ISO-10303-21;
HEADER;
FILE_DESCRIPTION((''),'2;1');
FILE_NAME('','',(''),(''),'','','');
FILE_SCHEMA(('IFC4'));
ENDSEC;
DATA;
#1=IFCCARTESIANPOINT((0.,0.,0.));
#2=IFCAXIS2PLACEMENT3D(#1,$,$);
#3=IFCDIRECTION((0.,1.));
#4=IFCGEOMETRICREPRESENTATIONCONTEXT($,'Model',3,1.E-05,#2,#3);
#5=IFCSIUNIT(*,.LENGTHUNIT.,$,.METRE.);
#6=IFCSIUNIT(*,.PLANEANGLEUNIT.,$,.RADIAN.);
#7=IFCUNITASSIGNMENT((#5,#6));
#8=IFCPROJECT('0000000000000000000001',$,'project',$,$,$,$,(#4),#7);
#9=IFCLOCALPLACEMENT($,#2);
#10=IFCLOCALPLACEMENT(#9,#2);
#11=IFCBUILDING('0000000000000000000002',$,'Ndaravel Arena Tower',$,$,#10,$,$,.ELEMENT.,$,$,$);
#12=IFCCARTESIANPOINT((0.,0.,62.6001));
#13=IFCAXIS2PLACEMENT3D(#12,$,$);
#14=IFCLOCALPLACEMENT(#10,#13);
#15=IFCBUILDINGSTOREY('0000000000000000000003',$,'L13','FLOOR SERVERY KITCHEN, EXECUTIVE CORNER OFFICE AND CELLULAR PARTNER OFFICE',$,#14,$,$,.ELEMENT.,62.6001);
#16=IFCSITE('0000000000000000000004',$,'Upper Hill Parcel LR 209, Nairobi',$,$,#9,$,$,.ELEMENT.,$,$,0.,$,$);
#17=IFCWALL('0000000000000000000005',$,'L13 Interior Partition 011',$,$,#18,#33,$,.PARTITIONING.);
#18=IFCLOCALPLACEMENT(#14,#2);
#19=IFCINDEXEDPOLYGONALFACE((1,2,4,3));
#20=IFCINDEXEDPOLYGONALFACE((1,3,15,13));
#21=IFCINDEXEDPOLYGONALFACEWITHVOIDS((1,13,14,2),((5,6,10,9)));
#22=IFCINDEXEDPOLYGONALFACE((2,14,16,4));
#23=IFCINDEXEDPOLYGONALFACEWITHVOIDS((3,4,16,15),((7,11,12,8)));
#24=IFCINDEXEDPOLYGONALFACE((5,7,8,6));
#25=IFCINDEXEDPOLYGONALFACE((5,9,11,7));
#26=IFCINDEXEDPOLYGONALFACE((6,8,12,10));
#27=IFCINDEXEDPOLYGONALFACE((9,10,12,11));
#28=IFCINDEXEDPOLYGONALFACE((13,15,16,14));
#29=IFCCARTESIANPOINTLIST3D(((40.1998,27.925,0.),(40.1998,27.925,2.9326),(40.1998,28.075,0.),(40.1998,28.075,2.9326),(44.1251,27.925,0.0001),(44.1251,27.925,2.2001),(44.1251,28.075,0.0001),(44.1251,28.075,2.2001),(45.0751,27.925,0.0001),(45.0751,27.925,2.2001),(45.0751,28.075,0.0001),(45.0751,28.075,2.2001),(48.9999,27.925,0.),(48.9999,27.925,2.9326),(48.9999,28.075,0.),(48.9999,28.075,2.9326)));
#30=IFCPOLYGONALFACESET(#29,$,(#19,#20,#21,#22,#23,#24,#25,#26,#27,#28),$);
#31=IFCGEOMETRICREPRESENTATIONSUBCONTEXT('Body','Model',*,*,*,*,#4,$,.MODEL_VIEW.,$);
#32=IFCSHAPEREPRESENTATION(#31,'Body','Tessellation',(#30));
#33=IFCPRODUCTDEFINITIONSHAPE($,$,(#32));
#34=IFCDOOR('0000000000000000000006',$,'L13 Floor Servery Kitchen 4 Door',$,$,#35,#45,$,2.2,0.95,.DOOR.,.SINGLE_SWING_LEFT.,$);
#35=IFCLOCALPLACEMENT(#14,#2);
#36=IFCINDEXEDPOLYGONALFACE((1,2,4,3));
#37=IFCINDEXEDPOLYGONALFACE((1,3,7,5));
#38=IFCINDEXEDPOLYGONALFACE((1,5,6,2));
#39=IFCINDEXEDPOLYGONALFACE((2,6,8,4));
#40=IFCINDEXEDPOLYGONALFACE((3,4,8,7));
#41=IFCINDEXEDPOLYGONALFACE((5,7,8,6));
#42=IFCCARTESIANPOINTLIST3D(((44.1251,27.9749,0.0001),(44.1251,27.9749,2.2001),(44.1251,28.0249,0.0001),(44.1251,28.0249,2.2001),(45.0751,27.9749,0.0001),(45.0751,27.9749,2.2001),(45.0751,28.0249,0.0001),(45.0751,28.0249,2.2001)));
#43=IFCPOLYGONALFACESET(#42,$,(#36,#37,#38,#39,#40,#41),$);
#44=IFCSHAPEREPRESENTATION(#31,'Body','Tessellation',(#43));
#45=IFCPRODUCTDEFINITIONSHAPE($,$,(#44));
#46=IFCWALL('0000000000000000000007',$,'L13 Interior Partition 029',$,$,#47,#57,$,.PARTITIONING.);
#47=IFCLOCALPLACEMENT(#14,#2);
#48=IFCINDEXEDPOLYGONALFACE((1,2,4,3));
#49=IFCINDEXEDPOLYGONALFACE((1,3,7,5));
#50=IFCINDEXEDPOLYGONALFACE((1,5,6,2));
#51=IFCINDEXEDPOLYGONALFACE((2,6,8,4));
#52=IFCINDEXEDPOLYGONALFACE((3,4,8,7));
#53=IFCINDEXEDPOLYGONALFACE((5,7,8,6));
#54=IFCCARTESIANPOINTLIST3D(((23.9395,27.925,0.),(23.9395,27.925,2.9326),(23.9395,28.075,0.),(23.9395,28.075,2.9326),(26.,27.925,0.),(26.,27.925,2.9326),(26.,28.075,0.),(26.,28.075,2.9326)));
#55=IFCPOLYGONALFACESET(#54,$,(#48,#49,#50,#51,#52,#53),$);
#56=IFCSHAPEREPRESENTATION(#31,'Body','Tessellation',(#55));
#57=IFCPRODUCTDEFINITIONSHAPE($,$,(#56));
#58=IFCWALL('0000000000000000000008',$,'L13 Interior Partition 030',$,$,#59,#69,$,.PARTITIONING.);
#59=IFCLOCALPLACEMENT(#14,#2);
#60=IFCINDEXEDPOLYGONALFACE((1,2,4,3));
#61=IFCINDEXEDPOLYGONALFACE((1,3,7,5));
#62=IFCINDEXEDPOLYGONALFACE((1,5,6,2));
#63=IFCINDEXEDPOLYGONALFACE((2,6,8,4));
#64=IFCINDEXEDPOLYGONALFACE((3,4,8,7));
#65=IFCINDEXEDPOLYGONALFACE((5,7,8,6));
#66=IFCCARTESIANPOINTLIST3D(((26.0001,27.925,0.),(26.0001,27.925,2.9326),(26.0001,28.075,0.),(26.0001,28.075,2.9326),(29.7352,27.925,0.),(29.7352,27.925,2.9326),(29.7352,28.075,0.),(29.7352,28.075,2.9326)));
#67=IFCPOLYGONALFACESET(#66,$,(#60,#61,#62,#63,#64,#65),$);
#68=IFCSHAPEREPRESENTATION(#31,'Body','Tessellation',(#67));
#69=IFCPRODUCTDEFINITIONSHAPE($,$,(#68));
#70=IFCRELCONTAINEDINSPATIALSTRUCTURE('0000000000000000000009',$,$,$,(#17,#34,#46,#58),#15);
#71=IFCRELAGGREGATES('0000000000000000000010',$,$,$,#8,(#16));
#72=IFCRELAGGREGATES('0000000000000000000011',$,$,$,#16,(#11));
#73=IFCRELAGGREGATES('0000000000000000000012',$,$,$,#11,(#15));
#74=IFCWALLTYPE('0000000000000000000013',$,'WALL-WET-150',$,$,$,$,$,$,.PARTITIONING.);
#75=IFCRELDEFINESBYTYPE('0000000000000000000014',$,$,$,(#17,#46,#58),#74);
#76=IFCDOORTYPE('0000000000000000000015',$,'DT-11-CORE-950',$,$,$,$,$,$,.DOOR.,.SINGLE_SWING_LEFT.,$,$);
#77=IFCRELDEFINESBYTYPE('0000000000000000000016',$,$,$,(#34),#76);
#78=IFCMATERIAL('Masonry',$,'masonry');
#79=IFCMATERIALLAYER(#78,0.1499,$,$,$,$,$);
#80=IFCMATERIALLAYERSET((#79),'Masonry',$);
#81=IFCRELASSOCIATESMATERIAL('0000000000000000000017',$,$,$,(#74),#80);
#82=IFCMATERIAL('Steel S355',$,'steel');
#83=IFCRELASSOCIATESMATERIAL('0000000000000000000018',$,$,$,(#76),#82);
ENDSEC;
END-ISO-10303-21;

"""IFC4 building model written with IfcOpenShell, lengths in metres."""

from ifc_helpers import new_model, si_unit, direction, frame, frame_2d, origin, place, context, subcontext, project, spatial, rectangle, extrude, material, layer, layer_set, type_object, element, fill, save


model = new_model("IFC4")

# Units and contexts
model_context = context("Model", 3, precision=1e-05, world=origin(), true_north=direction((0.0, 1.0)))
body_context = subcontext(model_context, "Body", "Model", "MODEL_VIEW")
ifc_project = project(units=[si_unit("LENGTHUNIT", "METRE"), si_unit("PLANEANGLEUNIT", "RADIAN")], contexts=[model_context])

# Site, building, storey
site_placement = place(None, origin())
site = spatial("IfcSite", under=ifc_project, at=site_placement, Name="Upper Hill Parcel LR 209, Nairobi", CompositionType="ELEMENT", RefElevation=0.0)
building_placement = place(site_placement, origin())
building = spatial("IfcBuilding", under=site, at=building_placement, Name="Ndaravel Arena Tower", CompositionType="ELEMENT")
storey_placement = place(building_placement, frame((0.0, 0.0, 62.6001)))
storey = spatial("IfcBuildingStorey", under=building, at=storey_placement, Name="L13", Description="FLOOR SERVERY KITCHEN, EXECUTIVE CORNER OFFICE AND CELLULAR PARTNER OFFICE", CompositionType="ELEMENT", Elevation=62.6001)

# Shared definitions
ifc_material_1 = material(Name="Masonry", Category="masonry")
ifc_layer_1 = layer(ifc_material_1, 0.1499)
ifc_layer_set_1 = layer_set([ifc_layer_1], Name="Masonry")
wall_type_1 = type_object("IfcWallType", Name="WALL-WET-150", PredefinedType="PARTITIONING", material=ifc_layer_set_1)
ifc_material_2 = material(Name="Steel S355", Category="steel")
door_type_1 = type_object("IfcDoorType", Name="DT-11-CORE-950", OperationType="SINGLE_SWING_LEFT", PredefinedType="DOOR", material=ifc_material_2)

# Wall, opening, door
wall_1_placement = place(storey_placement, frame((40.2, 28.0, 0.0), z_axis=(0.0, 0.0, 1.0), x_axis=(1.0, 0.0, 0.0)))
wall_1 = element("IfcWall", 1, at=wall_1_placement, inside=storey, type_object=wall_type_1, Name="L13 Interior Partition 011", PredefinedType="PARTITIONING", context=body_context, shape_type="SweptSolid", body=[
    extrude(rectangle(XDim=8.8, YDim=0.1499, at=frame_2d((4.3999, 0.0))), origin(), (0.0, 0.0, 1.0), 2.9326),
])
opening_1_placement = place(wall_1_placement, frame((3.925, 0.0, 0.0)))
opening_1 = element("IfcOpeningElement", 2, at=opening_1_placement, cuts=wall_1, PredefinedType="OPENING", context=body_context, shape_type="SweptSolid", body=[
    extrude(rectangle(XDim=0.95, YDim=2.2, at=frame_2d((0.4751, 1.1001))), frame((0.0, 0.075, 0.0), z_axis=(0.0, -1.0, 0.0), x_axis=(1.0, 0.0, 0.0)), (0.0, 0.0, 1.0), 0.1499),
])
door_1_placement = place(opening_1_placement, origin())
door_1 = element("IfcDoor", 3, at=door_1_placement, inside=storey, type_object=door_type_1, Name="L13 Floor Servery Kitchen 4 Door", OperationType="SINGLE_SWING_LEFT", OverallHeight=2.2, OverallWidth=0.95, PredefinedType="DOOR", context=body_context, shape_type="SweptSolid", body=[
    extrude(rectangle(XDim=0.95, YDim=2.2, at=frame_2d((0.4751, 1.1001))), frame((0.0, 0.0249, 0.0), z_axis=(0.0, -1.0, 0.0), x_axis=(1.0, 0.0, 0.0)), (0.0, 0.0, 1.0), 0.05),
])
fill(opening_1, door_1)

# Walls
wall_2_placement = place(storey_placement, frame((23.9395, 28.0, 0.0), z_axis=(0.0, 0.0, 1.0), x_axis=(1.0, 0.0, 0.0)))
element("IfcWall", 4, at=wall_2_placement, inside=storey, type_object=wall_type_1, Name="L13 Interior Partition 029", PredefinedType="PARTITIONING", context=body_context, shape_type="SweptSolid", body=[
    extrude(rectangle(XDim=2.0605, YDim=0.1499, at=frame_2d((1.0303, 0.0))), origin(), (0.0, 0.0, 1.0), 2.9326),
])
wall_3_placement = place(storey_placement, frame((26.0, 28.0, 0.0), z_axis=(0.0, 0.0, 1.0), x_axis=(1.0, 0.0, 0.0)))
element("IfcWall", 5, at=wall_3_placement, inside=storey, type_object=wall_type_1, Name="L13 Interior Partition 030", PredefinedType="PARTITIONING", context=body_context, shape_type="SweptSolid", body=[
    extrude(rectangle(XDim=3.7351, YDim=0.1499, at=frame_2d((1.8677, 0.0))), origin(), (0.0, 0.0, 1.0), 2.9326),
])

save(model, "model.ifc")
